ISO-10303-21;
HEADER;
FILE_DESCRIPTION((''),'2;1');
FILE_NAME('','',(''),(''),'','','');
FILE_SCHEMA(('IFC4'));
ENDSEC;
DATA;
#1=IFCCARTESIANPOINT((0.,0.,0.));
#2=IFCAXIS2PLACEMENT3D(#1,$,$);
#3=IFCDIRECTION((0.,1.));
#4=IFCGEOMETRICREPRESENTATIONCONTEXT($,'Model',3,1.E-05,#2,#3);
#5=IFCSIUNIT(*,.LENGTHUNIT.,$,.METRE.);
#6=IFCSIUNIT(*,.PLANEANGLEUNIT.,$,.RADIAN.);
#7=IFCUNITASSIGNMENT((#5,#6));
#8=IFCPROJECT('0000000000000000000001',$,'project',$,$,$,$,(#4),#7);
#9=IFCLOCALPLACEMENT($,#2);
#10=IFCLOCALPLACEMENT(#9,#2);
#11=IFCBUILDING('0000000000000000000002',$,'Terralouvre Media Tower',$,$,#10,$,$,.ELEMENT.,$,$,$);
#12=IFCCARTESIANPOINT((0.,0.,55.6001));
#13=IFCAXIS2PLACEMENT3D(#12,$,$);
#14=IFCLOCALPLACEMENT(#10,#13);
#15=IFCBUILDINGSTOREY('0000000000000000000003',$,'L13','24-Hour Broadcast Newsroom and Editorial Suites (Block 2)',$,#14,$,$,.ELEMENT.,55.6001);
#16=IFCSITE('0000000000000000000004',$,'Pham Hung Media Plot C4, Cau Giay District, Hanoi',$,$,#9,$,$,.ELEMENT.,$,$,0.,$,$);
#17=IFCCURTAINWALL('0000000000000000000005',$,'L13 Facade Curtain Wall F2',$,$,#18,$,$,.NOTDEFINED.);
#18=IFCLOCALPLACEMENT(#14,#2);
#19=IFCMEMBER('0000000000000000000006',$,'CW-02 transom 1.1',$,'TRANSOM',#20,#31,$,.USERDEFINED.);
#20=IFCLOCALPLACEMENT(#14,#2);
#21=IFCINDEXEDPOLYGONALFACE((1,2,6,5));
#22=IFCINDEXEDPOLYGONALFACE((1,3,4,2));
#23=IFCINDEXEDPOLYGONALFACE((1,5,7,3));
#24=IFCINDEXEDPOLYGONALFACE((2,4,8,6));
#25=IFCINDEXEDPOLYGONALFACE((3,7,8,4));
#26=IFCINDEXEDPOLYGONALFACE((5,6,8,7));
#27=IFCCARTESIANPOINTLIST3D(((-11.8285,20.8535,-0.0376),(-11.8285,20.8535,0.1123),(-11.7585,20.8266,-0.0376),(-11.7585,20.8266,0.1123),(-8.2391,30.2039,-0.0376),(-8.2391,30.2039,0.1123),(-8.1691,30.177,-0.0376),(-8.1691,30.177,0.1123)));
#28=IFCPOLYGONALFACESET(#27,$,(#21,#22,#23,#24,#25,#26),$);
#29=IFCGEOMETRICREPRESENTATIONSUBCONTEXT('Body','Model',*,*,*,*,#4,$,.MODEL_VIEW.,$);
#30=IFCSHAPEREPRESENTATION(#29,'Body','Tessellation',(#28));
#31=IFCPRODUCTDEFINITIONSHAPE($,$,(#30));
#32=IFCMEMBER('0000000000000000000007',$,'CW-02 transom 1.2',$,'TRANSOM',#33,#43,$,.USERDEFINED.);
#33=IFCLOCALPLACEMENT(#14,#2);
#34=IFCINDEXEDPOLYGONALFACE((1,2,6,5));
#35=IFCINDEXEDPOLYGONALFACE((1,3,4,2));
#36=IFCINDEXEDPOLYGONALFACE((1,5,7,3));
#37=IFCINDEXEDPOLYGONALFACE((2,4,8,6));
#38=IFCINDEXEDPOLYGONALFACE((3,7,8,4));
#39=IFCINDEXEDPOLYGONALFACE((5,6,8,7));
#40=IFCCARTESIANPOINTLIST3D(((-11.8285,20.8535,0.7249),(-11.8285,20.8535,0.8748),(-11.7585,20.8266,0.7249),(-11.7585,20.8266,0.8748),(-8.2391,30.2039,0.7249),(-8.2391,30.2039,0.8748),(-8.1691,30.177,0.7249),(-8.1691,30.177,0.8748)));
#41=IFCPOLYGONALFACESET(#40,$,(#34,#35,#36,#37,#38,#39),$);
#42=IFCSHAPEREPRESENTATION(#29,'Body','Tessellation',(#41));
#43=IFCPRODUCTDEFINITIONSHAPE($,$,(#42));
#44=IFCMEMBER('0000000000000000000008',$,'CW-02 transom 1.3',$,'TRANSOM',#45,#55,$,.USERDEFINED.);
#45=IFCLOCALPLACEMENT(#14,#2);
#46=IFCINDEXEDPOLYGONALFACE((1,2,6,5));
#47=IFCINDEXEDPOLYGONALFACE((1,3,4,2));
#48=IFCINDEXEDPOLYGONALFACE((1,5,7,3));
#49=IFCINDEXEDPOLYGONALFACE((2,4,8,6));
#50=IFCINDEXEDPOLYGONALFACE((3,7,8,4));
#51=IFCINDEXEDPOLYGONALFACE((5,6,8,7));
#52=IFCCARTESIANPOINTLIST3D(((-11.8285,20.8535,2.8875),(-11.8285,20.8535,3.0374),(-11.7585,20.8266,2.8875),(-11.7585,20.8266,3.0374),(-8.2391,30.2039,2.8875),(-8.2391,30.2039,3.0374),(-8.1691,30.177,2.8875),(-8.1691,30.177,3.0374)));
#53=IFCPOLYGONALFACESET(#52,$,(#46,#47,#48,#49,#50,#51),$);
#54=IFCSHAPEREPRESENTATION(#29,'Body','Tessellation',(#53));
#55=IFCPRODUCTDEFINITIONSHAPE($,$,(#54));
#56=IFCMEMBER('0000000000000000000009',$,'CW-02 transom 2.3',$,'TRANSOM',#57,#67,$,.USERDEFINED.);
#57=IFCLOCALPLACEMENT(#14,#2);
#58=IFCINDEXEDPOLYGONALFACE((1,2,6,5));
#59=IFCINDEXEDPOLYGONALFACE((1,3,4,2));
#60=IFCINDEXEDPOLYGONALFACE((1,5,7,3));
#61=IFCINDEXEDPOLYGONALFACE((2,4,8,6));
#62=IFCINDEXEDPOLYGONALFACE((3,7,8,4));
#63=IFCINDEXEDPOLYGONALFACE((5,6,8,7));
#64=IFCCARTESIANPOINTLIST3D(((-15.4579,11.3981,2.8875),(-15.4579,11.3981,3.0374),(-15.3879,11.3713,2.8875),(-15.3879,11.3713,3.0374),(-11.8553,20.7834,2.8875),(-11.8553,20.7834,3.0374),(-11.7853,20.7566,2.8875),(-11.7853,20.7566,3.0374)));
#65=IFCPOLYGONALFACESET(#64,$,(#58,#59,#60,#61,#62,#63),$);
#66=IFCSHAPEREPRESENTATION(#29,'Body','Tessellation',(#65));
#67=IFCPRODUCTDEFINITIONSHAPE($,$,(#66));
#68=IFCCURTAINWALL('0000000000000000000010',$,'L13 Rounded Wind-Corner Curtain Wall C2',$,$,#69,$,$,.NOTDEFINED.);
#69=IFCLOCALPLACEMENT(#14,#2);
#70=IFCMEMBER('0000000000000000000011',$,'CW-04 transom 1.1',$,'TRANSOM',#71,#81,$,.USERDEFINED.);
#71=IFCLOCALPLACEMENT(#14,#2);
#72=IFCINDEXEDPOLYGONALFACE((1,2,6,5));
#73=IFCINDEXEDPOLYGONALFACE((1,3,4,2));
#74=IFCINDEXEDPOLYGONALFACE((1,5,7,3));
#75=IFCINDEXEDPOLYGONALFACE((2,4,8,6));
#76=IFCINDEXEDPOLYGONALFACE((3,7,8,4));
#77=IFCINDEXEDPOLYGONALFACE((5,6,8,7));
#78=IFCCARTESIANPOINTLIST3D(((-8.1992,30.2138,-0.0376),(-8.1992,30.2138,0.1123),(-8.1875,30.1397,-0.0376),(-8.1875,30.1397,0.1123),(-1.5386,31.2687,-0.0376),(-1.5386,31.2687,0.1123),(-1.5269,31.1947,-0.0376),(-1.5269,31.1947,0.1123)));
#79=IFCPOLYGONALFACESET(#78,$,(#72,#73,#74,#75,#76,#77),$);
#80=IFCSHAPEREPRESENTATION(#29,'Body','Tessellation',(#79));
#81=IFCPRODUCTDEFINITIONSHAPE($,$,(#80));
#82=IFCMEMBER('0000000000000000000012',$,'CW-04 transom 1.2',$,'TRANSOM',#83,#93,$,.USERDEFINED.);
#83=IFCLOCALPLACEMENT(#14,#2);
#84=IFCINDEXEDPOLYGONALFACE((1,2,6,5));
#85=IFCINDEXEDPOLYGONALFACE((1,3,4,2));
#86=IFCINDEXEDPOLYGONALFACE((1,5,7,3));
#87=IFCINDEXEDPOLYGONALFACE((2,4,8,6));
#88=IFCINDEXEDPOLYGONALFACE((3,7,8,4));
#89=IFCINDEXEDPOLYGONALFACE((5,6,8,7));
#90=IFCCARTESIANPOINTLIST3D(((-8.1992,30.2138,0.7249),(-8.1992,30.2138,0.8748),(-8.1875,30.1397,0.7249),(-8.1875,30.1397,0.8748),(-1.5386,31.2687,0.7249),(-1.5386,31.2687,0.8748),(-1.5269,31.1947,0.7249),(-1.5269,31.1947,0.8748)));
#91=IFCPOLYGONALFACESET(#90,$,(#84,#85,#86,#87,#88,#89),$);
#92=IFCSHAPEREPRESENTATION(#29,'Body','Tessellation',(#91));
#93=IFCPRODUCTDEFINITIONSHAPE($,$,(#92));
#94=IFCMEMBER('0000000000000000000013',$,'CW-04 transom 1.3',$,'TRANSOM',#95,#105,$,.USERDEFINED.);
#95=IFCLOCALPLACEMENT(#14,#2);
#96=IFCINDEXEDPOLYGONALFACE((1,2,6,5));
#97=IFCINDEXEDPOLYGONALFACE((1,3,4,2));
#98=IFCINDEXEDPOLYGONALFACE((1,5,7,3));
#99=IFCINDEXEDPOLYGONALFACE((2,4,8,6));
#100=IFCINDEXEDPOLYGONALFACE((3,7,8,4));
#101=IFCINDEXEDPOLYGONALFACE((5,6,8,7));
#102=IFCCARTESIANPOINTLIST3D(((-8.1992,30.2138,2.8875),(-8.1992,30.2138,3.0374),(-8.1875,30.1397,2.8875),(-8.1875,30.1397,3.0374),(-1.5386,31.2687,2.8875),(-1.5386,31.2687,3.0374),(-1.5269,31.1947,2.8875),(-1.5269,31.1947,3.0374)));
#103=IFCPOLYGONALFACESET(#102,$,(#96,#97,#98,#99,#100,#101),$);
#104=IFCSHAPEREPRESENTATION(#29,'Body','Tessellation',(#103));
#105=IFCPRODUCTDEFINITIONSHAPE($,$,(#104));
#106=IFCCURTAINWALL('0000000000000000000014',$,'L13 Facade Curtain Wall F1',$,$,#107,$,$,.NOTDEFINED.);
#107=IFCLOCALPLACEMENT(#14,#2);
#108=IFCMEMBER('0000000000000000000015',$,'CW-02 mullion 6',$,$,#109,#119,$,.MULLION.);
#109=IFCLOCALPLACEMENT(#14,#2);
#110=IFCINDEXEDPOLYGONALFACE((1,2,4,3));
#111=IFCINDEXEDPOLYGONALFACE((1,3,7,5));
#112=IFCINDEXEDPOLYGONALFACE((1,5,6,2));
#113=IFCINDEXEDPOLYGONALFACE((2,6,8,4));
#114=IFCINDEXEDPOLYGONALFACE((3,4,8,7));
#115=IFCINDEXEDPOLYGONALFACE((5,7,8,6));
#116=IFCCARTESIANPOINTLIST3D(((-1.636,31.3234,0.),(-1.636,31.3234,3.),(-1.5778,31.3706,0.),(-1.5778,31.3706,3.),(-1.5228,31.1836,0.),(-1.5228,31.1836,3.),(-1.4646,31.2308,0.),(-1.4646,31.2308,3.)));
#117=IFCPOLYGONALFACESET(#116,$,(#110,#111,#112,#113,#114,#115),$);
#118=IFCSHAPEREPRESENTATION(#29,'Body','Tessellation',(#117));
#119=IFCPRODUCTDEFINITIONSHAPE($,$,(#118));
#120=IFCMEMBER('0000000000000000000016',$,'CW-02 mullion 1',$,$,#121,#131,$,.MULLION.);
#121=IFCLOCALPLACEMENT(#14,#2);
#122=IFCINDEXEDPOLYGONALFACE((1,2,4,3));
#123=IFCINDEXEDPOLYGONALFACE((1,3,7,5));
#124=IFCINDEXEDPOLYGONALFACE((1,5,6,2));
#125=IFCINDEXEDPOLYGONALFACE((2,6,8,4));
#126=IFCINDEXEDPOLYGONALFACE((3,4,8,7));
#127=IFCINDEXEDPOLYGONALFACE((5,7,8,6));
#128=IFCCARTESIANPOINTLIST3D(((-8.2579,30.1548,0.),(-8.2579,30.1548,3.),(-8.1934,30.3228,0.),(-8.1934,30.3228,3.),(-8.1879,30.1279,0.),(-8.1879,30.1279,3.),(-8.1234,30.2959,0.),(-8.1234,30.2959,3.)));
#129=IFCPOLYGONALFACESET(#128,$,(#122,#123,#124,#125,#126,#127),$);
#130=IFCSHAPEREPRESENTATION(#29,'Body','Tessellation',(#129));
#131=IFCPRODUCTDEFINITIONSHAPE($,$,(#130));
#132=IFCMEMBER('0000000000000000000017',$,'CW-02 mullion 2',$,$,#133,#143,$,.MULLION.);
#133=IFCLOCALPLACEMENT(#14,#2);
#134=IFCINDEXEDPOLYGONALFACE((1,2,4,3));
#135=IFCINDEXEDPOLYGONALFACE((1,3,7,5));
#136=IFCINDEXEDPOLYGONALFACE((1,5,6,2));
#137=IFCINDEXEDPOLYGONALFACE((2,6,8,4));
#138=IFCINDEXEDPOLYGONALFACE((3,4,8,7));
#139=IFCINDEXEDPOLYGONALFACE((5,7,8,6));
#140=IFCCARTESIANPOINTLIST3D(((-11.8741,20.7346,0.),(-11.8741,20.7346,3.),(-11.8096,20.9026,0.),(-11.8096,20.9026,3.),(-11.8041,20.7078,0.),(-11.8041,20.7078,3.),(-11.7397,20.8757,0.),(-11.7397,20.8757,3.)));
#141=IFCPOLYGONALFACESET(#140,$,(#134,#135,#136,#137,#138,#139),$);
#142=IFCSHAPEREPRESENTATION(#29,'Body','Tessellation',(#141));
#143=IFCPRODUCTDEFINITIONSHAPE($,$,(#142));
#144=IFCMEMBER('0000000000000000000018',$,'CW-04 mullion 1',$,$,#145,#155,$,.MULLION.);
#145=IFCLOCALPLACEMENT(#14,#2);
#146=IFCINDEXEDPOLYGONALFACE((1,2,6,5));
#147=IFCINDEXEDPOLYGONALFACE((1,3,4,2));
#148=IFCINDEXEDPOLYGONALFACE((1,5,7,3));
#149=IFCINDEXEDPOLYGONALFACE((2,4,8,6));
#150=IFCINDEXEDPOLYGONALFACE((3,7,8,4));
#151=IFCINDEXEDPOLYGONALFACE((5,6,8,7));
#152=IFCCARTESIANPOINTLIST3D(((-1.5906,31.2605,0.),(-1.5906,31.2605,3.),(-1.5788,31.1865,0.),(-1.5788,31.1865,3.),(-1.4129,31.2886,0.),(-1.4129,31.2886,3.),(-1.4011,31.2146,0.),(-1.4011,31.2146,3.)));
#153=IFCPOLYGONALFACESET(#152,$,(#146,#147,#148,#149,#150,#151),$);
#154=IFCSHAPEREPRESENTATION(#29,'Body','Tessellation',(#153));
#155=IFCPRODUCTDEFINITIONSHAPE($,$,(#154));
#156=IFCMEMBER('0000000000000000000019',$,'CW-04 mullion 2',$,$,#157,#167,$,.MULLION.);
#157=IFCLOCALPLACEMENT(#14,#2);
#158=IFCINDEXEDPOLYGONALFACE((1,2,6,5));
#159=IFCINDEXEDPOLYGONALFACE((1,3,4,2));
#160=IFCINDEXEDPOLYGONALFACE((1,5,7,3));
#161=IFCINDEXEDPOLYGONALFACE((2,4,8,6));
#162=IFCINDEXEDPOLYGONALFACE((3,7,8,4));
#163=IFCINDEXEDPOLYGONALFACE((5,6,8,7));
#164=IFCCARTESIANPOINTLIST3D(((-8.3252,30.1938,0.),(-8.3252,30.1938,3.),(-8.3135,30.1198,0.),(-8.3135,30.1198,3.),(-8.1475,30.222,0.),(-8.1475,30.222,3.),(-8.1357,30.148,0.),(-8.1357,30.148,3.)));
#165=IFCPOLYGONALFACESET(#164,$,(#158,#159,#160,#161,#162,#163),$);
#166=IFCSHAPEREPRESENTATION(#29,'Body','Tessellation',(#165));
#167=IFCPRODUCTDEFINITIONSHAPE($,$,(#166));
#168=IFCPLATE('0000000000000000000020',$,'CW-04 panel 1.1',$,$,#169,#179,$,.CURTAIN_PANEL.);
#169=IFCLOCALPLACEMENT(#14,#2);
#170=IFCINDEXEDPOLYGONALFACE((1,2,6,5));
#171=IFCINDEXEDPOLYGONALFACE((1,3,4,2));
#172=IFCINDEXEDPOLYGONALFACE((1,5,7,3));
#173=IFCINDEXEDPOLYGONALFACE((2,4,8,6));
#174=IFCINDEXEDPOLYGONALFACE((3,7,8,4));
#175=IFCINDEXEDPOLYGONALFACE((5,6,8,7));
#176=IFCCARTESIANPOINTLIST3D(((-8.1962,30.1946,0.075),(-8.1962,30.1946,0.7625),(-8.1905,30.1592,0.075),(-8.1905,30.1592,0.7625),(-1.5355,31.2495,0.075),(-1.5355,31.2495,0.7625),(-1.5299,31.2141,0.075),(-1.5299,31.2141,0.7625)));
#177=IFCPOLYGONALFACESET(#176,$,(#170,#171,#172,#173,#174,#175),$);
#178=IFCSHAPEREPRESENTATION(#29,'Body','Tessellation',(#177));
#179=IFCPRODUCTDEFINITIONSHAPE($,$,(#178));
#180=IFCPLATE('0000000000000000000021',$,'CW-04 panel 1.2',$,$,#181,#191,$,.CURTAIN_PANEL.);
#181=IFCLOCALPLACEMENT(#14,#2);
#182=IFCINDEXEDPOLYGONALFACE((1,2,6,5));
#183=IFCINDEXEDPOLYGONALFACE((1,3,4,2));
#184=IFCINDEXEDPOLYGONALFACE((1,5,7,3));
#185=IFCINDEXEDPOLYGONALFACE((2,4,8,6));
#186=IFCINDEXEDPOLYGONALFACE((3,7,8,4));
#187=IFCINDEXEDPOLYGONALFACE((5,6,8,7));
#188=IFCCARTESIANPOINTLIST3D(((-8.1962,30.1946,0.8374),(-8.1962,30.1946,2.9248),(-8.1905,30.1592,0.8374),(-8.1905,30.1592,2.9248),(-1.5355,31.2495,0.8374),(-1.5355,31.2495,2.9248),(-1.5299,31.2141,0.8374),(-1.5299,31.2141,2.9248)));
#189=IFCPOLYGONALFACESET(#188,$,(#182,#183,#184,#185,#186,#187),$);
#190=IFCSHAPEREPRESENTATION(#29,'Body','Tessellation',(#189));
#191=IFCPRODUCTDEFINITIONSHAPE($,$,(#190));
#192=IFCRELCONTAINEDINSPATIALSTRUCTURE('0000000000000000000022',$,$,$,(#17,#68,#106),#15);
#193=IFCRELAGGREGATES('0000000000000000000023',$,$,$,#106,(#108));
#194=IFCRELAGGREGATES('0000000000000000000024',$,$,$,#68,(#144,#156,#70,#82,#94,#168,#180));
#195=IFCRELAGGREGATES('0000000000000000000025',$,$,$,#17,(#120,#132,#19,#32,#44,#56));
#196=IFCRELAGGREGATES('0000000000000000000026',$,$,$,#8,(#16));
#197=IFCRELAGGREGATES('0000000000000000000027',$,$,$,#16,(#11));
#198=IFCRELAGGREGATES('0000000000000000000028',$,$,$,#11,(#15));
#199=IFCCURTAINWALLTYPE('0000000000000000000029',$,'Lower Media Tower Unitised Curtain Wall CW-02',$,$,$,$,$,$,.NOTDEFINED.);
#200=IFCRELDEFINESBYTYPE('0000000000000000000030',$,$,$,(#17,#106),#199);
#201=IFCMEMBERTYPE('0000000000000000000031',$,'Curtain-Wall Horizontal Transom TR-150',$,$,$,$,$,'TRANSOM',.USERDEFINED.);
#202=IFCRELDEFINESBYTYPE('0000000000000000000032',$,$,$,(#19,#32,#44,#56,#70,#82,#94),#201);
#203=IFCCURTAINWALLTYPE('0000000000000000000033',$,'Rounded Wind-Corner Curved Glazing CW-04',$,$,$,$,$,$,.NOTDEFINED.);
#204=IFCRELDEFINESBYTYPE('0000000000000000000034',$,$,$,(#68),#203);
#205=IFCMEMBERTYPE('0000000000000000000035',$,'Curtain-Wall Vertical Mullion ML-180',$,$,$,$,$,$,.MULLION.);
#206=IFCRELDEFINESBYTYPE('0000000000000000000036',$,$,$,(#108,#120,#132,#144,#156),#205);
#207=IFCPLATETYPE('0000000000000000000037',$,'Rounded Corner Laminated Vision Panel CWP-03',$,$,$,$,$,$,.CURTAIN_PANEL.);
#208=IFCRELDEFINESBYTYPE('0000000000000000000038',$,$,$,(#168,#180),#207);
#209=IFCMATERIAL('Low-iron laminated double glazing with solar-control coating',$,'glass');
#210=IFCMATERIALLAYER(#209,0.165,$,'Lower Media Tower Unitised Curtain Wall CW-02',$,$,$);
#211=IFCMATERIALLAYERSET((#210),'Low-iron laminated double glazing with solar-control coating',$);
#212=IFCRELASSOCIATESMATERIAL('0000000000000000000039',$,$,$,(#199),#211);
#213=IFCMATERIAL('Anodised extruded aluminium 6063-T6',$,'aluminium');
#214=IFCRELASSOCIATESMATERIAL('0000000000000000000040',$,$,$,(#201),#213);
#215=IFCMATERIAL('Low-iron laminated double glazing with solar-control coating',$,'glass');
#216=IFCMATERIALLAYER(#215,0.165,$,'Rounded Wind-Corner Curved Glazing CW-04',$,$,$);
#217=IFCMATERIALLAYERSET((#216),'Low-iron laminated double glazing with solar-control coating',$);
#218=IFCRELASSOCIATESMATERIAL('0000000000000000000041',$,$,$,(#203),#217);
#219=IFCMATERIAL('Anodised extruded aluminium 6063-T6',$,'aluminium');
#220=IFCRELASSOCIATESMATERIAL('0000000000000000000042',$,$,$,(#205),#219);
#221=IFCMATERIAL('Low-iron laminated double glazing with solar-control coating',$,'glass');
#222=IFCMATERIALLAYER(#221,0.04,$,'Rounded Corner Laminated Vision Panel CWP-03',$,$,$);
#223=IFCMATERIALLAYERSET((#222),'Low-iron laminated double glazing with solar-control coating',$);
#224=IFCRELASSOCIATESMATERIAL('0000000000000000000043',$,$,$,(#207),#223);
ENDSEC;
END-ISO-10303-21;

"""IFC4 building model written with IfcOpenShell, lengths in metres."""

from ifc_helpers import new_model, si_unit, direction, frame, origin, origin_2d, place, context, subcontext, project, spatial, rectangle, extrude, material, layer, layer_set, material_profile, profile_set, type_object, element, aggregate, save


model = new_model("IFC4")

# Units and contexts
model_context = context("Model", 3, precision=1e-05, world=origin(), true_north=direction((0.0, 1.0)))
body_context = subcontext(model_context, "Body", "Model", "MODEL_VIEW")
ifc_project = project(units=[si_unit("LENGTHUNIT", "METRE"), si_unit("PLANEANGLEUNIT", "RADIAN")], contexts=[model_context])

# Site, building, storey
site_placement = place(None, origin())
site = spatial("IfcSite", under=ifc_project, at=site_placement, Name="Pham Hung Media Plot C4, Cau Giay District, Hanoi", CompositionType="ELEMENT", RefElevation=0.0)
building_placement = place(site_placement, origin())
building = spatial("IfcBuilding", under=site, at=building_placement, Name="Terralouvre Media Tower", CompositionType="ELEMENT")
storey_placement = place(building_placement, frame((0.0, 0.0, 55.6001)))
storey = spatial("IfcBuildingStorey", under=building, at=storey_placement, Name="L13", Description="24-Hour Broadcast Newsroom and Editorial Suites (Block 2)", CompositionType="ELEMENT", Elevation=55.6001)

# Curtain walls, members
ifc_material_1 = material(Name="Low-iron laminated double glazing with solar-control coating", Category="glass")
ifc_layer_1 = layer(ifc_material_1, 0.165, Name="Lower Media Tower Unitised Curtain Wall CW-02")
ifc_layer_set_1 = layer_set([ifc_layer_1], Name="Low-iron laminated double glazing with solar-control coating")
curtain_wall_type_1 = type_object("IfcCurtainWallType", Name="Lower Media Tower Unitised Curtain Wall CW-02", PredefinedType="NOTDEFINED", material=ifc_layer_set_1)
curtain_wall_1_placement = place(storey_placement, origin())
curtain_wall_1 = element("IfcCurtainWall", 1, at=curtain_wall_1_placement, inside=storey, type_object=curtain_wall_type_1, Name="L13 Facade Curtain Wall F2", PredefinedType="NOTDEFINED")
ifc_material_2 = material(Name="Anodised extruded aluminium 6063-T6", Category="aluminium")
ifc_material_profile_1 = material_profile(ifc_material_2, rectangle(XDim=0.075, YDim=0.1499, at=origin_2d()), Name="ALU 75x150")
ifc_profile_set_1 = profile_set([ifc_material_profile_1], Name="Anodised extruded aluminium 6063-T6")
member_type_1 = type_object("IfcMemberType", Name="Curtain-Wall Horizontal Transom TR-150", ElementType="TRANSOM", PredefinedType="USERDEFINED", material=ifc_profile_set_1)
member_1_placement = place(storey_placement, frame((-8.2041, 30.1904, 0.0374), z_axis=(-0.358376, -0.933577, 0.0), x_axis=(0.933577, -0.358376, 0.0)))
member_1 = element("IfcMember", 2, at=member_1_placement, type_object=member_type_1, Name="CW-02 transom 1.1", ObjectType="TRANSOM", PredefinedType="USERDEFINED", context=body_context, shape_type="SweptSolid", body=[
    extrude(rectangle(XDim=0.075, YDim=0.1499, at=origin_2d()), origin(), (0.0, 0.0, 1.0), 10.0156),
])
member_2_placement = place(storey_placement, frame((-8.2041, 30.1904, 0.7998), z_axis=(-0.358376, -0.933577, 0.0), x_axis=(0.933577, -0.358376, 0.0)))
member_2 = element("IfcMember", 3, at=member_2_placement, type_object=member_type_1, Name="CW-02 transom 1.2", ObjectType="TRANSOM", PredefinedType="USERDEFINED", context=body_context, shape_type="SweptSolid", body=[
    extrude(rectangle(XDim=0.075, YDim=0.1499, at=origin_2d()), origin(), (0.0, 0.0, 1.0), 10.0156),
])
member_3_placement = place(storey_placement, frame((-8.2041, 30.1904, 2.9624), z_axis=(-0.358376, -0.933577, 0.0), x_axis=(0.933577, -0.358376, 0.0)))
member_3 = element("IfcMember", 4, at=member_3_placement, type_object=member_type_1, Name="CW-02 transom 1.3", ObjectType="TRANSOM", PredefinedType="USERDEFINED", context=body_context, shape_type="SweptSolid", body=[
    extrude(rectangle(XDim=0.075, YDim=0.1499, at=origin_2d()), origin(), (0.0, 0.0, 1.0), 10.0156),
])
member_4_placement = place(storey_placement, frame((-11.8203, 20.77, 2.9624), z_axis=(-0.358357, -0.933584, 0.0), x_axis=(0.933584, -0.358357, 0.0)))
member_4 = element("IfcMember", 5, at=member_4_placement, type_object=member_type_1, Name="CW-02 transom 2.3", ObjectType="TRANSOM", PredefinedType="USERDEFINED", context=body_context, shape_type="SweptSolid", body=[
    extrude(rectangle(XDim=0.075, YDim=0.1499, at=origin_2d()), origin(), (0.0, 0.0, 1.0), 10.053),
])
ifc_material_3 = material(Name="Low-iron laminated double glazing with solar-control coating", Category="glass")
ifc_layer_2 = layer(ifc_material_3, 0.165, Name="Rounded Wind-Corner Curved Glazing CW-04")
ifc_layer_set_2 = layer_set([ifc_layer_2], Name="Low-iron laminated double glazing with solar-control coating")
curtain_wall_type_2 = type_object("IfcCurtainWallType", Name="Rounded Wind-Corner Curved Glazing CW-04", PredefinedType="NOTDEFINED", material=ifc_layer_set_2)
curtain_wall_2_placement = place(storey_placement, origin())
curtain_wall_2 = element("IfcCurtainWall", 6, at=curtain_wall_2_placement, inside=storey, type_object=curtain_wall_type_2, Name="L13 Rounded Wind-Corner Curtain Wall C2", PredefinedType="NOTDEFINED")
member_5_placement = place(storey_placement, frame((-1.5327, 31.2317, 0.0374), z_axis=(-0.987689, -0.156433, 0.0), x_axis=(0.156433, -0.987689, 0.0)))
member_5 = element("IfcMember", 7, at=member_5_placement, type_object=member_type_1, Name="CW-04 transom 1.1", ObjectType="TRANSOM", PredefinedType="USERDEFINED", context=body_context, shape_type="SweptSolid", body=[
    extrude(rectangle(XDim=0.075, YDim=0.1499, at=origin_2d()), origin(), (0.0, 0.0, 1.0), 6.7437),
])
member_6_placement = place(storey_placement, frame((-1.5327, 31.2317, 0.7998), z_axis=(-0.987689, -0.156433, 0.0), x_axis=(0.156433, -0.987689, 0.0)))
member_6 = element("IfcMember", 8, at=member_6_placement, type_object=member_type_1, Name="CW-04 transom 1.2", ObjectType="TRANSOM", PredefinedType="USERDEFINED", context=body_context, shape_type="SweptSolid", body=[
    extrude(rectangle(XDim=0.075, YDim=0.1499, at=origin_2d()), origin(), (0.0, 0.0, 1.0), 6.7437),
])
member_7_placement = place(storey_placement, frame((-1.5327, 31.2317, 2.9624), z_axis=(-0.987689, -0.156433, 0.0), x_axis=(0.156433, -0.987689, 0.0)))
member_7 = element("IfcMember", 9, at=member_7_placement, type_object=member_type_1, Name="CW-04 transom 1.3", ObjectType="TRANSOM", PredefinedType="USERDEFINED", context=body_context, shape_type="SweptSolid", body=[
    extrude(rectangle(XDim=0.075, YDim=0.1499, at=origin_2d()), origin(), (0.0, 0.0, 1.0), 6.7437),
])

# Curtain wall, member
curtain_wall_3_placement = place(storey_placement, origin())
curtain_wall_3 = element("IfcCurtainWall", 10, at=curtain_wall_3_placement, inside=storey, type_object=curtain_wall_type_1, Name="L13 Facade Curtain Wall F1", PredefinedType="NOTDEFINED")
ifc_material_4 = material(Name="Anodised extruded aluminium 6063-T6", Category="aluminium")
ifc_material_profile_2 = material_profile(ifc_material_4, rectangle(XDim=0.075, YDim=0.1799, at=origin_2d()), Name="ALU 75x180")
ifc_profile_set_2 = profile_set([ifc_material_profile_2], Name="Anodised extruded aluminium 6063-T6")
member_type_2 = type_object("IfcMemberType", Name="Curtain-Wall Vertical Mullion ML-180", PredefinedType="MULLION", material=ifc_profile_set_2)
member_8_placement = place(storey_placement, frame((-1.5503, 31.2771, 0.0), z_axis=(0.0, 0.0, 1.0), x_axis=(-0.777146, -0.62932, 0.0)))
member_8 = element("IfcMember", 11, at=member_8_placement, type_object=member_type_2, Name="CW-02 mullion 6", PredefinedType="MULLION", context=body_context, shape_type="SweptSolid", body=[
    extrude(rectangle(XDim=0.075, YDim=0.1799, at=origin_2d()), origin(), (0.0, 0.0, 1.0), 3.0),
])
aggregate(curtain_wall_3, [member_8])

# Members
member_9_placement = place(storey_placement, frame((-8.1907, 30.2253, 0.0), z_axis=(0.0, 0.0, 1.0), x_axis=(0.93358, -0.358368, 0.0)))
member_9 = element("IfcMember", 12, at=member_9_placement, type_object=member_type_2, Name="CW-02 mullion 1", PredefinedType="MULLION", context=body_context, shape_type="SweptSolid", body=[
    extrude(rectangle(XDim=0.075, YDim=0.1799, at=origin_2d()), origin(), (0.0, 0.0, 1.0), 3.0),
])
member_10_placement = place(storey_placement, frame((-11.8069, 20.8052, 0.0), z_axis=(0.0, 0.0, 1.0), x_axis=(0.93358, -0.358368, 0.0)))
member_10 = element("IfcMember", 13, at=member_10_placement, type_object=member_type_2, Name="CW-02 mullion 2", PredefinedType="MULLION", context=body_context, shape_type="SweptSolid", body=[
    extrude(rectangle(XDim=0.075, YDim=0.1799, at=origin_2d()), origin(), (0.0, 0.0, 1.0), 3.0),
])
member_11_placement = place(storey_placement, frame((-1.4958, 31.2375, 0.0), z_axis=(0.0, 0.0, 1.0), x_axis=(0.156434, -0.987688, 0.0)))
member_11 = element("IfcMember", 14, at=member_11_placement, type_object=member_type_2, Name="CW-04 mullion 1", PredefinedType="MULLION", context=body_context, shape_type="SweptSolid", body=[
    extrude(rectangle(XDim=0.075, YDim=0.1799, at=origin_2d()), origin(), (0.0, 0.0, 1.0), 3.0),
])
member_12_placement = place(storey_placement, frame((-8.2305, 30.1709, 0.0), z_axis=(0.0, 0.0, 1.0), x_axis=(0.156434, -0.987688, 0.0)))
member_12 = element("IfcMember", 15, at=member_12_placement, type_object=member_type_2, Name="CW-04 mullion 2", PredefinedType="MULLION", context=body_context, shape_type="SweptSolid", body=[
    extrude(rectangle(XDim=0.075, YDim=0.1799, at=origin_2d()), origin(), (0.0, 0.0, 1.0), 3.0),
])

# Plates
ifc_material_5 = material(Name="Low-iron laminated double glazing with solar-control coating", Category="glass")
ifc_layer_3 = layer(ifc_material_5, 0.04, Name="Rounded Corner Laminated Vision Panel CWP-03")
ifc_layer_set_3 = layer_set([ifc_layer_3], Name="Low-iron laminated double glazing with solar-control coating")
plate_type_1 = type_object("IfcPlateType", Name="Rounded Corner Laminated Vision Panel CWP-03", PredefinedType="CURTAIN_PANEL", material=ifc_layer_set_3)
plate_1_placement = place(storey_placement, frame((-4.863, 30.7043, 0.075), z_axis=(0.0, 0.0, 1.0), x_axis=(-0.987688, -0.156434, 0.0)))
plate_1 = element("IfcPlate", 16, at=plate_1_placement, type_object=plate_type_1, Name="CW-04 panel 1.1", PredefinedType="CURTAIN_PANEL", context=body_context, shape_type="SweptSolid", body=[
    extrude(rectangle(XDim=6.7437, YDim=0.0359, at=origin_2d()), origin(), (0.0, 0.0, 1.0), 0.6875),
])
plate_2_placement = place(storey_placement, frame((-4.863, 30.7043, 0.8374), z_axis=(0.0, 0.0, 1.0), x_axis=(-0.987688, -0.156434, 0.0)))
plate_2 = element("IfcPlate", 17, at=plate_2_placement, type_object=plate_type_1, Name="CW-04 panel 1.2", PredefinedType="CURTAIN_PANEL", context=body_context, shape_type="SweptSolid", body=[
    extrude(rectangle(XDim=6.7437, YDim=0.0359, at=origin_2d()), origin(), (0.0, 0.0, 1.0), 2.0874),
])
aggregate(curtain_wall_2, [member_11, member_12, member_5, member_6, member_7, plate_1, plate_2])
aggregate(curtain_wall_1, [member_9, member_10, member_1, member_2, member_3, member_4])

save(model, "model.ifc")
